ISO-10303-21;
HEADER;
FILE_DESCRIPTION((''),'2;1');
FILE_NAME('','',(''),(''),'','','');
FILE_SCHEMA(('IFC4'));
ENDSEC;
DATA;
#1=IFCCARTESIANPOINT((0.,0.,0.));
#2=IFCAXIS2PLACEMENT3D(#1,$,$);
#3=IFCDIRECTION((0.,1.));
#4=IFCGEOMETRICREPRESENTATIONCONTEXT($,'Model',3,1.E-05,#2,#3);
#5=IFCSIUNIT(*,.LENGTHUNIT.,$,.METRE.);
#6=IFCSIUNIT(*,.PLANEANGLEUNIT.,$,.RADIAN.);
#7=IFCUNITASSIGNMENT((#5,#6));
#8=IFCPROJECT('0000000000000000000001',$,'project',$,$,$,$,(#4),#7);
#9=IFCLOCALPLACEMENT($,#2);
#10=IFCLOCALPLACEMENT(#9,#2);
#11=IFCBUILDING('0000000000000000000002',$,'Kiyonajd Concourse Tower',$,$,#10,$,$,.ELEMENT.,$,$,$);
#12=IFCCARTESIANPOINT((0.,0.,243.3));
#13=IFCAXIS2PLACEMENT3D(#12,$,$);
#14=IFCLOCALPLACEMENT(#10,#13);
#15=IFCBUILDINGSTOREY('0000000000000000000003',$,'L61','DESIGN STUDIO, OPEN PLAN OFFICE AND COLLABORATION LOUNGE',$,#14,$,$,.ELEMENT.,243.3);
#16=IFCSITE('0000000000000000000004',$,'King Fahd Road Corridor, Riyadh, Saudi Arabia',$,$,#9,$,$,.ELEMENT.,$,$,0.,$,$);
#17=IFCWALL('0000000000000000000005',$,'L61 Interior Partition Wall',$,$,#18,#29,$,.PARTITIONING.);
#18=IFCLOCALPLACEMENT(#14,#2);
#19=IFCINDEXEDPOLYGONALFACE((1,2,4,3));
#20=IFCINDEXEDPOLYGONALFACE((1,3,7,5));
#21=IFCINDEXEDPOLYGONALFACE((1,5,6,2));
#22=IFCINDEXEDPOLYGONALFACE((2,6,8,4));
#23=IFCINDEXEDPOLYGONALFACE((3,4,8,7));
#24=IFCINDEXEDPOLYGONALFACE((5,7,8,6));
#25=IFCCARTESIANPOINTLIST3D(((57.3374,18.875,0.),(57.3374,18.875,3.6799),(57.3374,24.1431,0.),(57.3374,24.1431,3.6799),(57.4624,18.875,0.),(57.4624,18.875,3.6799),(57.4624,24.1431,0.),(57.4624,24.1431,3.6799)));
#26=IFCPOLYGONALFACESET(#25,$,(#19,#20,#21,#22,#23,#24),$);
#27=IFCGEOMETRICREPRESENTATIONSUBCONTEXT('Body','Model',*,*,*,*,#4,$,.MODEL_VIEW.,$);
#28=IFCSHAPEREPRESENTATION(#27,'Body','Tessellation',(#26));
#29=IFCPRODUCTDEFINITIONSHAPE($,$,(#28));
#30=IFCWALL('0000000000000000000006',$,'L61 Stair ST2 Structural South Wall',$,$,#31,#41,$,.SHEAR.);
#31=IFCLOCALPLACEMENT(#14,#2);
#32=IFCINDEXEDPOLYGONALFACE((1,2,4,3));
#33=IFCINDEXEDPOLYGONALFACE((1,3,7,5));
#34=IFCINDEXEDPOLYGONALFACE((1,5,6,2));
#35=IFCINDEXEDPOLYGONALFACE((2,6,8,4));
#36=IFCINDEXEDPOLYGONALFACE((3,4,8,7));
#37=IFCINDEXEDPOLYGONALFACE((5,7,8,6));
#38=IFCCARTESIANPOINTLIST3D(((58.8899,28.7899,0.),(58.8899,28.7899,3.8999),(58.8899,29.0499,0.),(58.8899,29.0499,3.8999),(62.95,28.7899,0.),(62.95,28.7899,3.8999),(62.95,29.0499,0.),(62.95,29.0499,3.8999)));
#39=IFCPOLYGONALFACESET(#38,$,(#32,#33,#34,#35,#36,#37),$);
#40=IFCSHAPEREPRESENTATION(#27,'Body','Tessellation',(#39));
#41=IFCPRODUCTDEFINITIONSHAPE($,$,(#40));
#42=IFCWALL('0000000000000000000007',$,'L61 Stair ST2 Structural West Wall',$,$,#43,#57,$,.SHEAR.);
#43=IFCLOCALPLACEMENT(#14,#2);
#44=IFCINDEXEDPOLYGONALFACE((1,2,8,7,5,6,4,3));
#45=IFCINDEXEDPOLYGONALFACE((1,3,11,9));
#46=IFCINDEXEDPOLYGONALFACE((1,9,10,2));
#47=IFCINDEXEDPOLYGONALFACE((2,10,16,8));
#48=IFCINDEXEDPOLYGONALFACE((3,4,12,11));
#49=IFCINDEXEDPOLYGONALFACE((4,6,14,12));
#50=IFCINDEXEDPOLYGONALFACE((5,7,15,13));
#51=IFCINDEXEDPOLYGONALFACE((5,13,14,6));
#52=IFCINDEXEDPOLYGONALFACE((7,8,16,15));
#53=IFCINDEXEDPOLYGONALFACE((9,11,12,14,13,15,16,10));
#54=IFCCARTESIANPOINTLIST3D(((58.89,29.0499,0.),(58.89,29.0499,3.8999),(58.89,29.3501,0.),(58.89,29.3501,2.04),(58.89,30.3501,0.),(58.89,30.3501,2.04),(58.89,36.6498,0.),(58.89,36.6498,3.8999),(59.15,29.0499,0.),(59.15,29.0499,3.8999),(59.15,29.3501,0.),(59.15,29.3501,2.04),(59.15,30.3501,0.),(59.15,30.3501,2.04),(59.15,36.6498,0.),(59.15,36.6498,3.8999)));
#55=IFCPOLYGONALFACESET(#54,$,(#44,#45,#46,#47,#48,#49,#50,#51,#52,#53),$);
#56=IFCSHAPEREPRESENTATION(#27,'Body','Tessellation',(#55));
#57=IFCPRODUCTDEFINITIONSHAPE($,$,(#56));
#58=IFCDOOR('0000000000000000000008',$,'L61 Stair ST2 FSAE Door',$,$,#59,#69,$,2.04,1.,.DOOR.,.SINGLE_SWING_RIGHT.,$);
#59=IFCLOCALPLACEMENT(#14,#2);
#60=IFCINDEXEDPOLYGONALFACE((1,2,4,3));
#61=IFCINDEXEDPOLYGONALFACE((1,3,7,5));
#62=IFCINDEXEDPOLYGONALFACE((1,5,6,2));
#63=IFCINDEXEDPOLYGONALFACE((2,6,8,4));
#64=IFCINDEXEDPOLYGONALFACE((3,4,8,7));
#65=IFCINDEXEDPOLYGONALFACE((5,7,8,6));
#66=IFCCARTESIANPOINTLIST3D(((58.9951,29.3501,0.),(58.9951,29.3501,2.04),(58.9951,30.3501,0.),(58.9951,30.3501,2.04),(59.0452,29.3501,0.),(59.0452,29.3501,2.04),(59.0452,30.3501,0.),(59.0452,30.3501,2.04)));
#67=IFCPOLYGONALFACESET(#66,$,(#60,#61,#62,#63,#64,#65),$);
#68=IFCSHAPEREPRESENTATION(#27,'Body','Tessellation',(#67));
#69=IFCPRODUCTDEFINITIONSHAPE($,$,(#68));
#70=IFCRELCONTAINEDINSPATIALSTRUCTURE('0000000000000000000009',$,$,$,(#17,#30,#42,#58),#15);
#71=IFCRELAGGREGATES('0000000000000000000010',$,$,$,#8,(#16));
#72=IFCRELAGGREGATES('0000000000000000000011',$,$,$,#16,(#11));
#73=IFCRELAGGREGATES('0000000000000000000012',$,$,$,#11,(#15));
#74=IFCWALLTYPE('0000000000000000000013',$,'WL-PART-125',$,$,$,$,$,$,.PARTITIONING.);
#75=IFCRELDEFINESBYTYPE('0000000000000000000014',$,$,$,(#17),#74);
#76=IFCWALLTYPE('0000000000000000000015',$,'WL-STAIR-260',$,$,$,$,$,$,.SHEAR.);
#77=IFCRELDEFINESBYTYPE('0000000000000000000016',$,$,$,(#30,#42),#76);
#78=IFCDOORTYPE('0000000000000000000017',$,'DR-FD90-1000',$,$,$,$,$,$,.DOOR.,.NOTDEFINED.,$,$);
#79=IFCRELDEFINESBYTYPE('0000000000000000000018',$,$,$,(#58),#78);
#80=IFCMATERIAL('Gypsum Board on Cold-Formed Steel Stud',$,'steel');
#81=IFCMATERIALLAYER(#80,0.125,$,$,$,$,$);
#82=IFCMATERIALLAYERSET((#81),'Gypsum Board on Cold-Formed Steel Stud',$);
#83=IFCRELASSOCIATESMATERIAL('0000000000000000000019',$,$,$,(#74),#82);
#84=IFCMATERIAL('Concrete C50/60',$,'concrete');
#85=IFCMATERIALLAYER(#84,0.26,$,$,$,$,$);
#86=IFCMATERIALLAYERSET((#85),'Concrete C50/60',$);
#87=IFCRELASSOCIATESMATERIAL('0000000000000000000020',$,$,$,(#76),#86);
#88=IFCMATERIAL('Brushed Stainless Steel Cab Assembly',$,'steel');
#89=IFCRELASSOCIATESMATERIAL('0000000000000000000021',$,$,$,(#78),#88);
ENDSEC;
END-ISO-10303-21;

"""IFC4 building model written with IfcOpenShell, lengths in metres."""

from ifc_helpers import new_model, si_unit, direction, frame, frame_2d, origin, place, context, subcontext, project, spatial, rectangle, extrude, material, layer, layer_set, type_object, element, fill, save


model = new_model("IFC4")

# Units and contexts
model_context = context("Model", 3, precision=1e-05, world=origin(), true_north=direction((0.0, 1.0)))
body_context = subcontext(model_context, "Body", "Model", "MODEL_VIEW")
ifc_project = project(units=[si_unit("LENGTHUNIT", "METRE"), si_unit("PLANEANGLEUNIT", "RADIAN")], contexts=[model_context])

# Site, building, storey
site_placement = place(None, origin())
site = spatial("IfcSite", under=ifc_project, at=site_placement, Name="King Fahd Road Corridor, Riyadh, Saudi Arabia", CompositionType="ELEMENT", RefElevation=0.0)
building_placement = place(site_placement, origin())
building = spatial("IfcBuilding", under=site, at=building_placement, Name="Kiyonajd Concourse Tower", CompositionType="ELEMENT")
storey_placement = place(building_placement, frame((0.0, 0.0, 243.3)))
storey = spatial("IfcBuildingStorey", under=building, at=storey_placement, Name="L61", Description="DESIGN STUDIO, OPEN PLAN OFFICE AND COLLABORATION LOUNGE", CompositionType="ELEMENT", Elevation=243.3)

# Shared definitions
ifc_material_1 = material(Name="Gypsum Board on Cold-Formed Steel Stud", Category="steel")
ifc_layer_1 = layer(ifc_material_1, 0.125)
ifc_layer_set_1 = layer_set([ifc_layer_1], Name="Gypsum Board on Cold-Formed Steel Stud")
wall_type_1 = type_object("IfcWallType", Name="WL-PART-125", PredefinedType="PARTITIONING", material=ifc_layer_set_1)

# Walls
wall_1_placement = place(storey_placement, frame((57.3999, 18.875, 0.0), z_axis=(0.0, 0.0, 1.0), x_axis=(0.0, 1.0, 0.0)))
element("IfcWall", 1, at=wall_1_placement, inside=storey, type_object=wall_type_1, Name="L61 Interior Partition Wall", PredefinedType="PARTITIONING", context=body_context, shape_type="SweptSolid", body=[
    extrude(rectangle(XDim=5.2681, YDim=0.125, at=frame_2d((2.634, 0.0))), origin(), (0.0, 0.0, 1.0), 3.6799),
])
ifc_material_2 = material(Name="Concrete C50/60", Category="concrete")
ifc_layer_2 = layer(ifc_material_2, 0.26)
ifc_layer_set_2 = layer_set([ifc_layer_2], Name="Concrete C50/60")
wall_type_2 = type_object("IfcWallType", Name="WL-STAIR-260", PredefinedType="SHEAR", material=ifc_layer_set_2)
wall_2_placement = place(storey_placement, frame((58.8899, 28.9199, 0.0), z_axis=(0.0, 0.0, 1.0), x_axis=(1.0, 0.0, 0.0)))
element("IfcWall", 2, at=wall_2_placement, inside=storey, type_object=wall_type_2, Name="L61 Stair ST2 Structural South Wall", PredefinedType="SHEAR", context=body_context, shape_type="SweptSolid", body=[
    extrude(rectangle(XDim=4.0601, YDim=0.26, at=frame_2d((2.03, 0.0))), origin(), (0.0, 0.0, 1.0), 3.8999),
])

# Wall, opening, door
wall_3_placement = place(storey_placement, frame((59.02, 29.05, 0.0), z_axis=(0.0, 0.0, 1.0), x_axis=(0.0, 1.0, 0.0)))
wall_3 = element("IfcWall", 3, at=wall_3_placement, inside=storey, type_object=wall_type_2, Name="L61 Stair ST2 Structural West Wall", PredefinedType="SHEAR", context=body_context, shape_type="SweptSolid", body=[
    extrude(rectangle(XDim=7.5999, YDim=0.26, at=frame_2d((3.7998, 0.0))), origin(), (0.0, 0.0, 1.0), 3.8999),
])
opening_1_placement = place(wall_3_placement, frame((0.3, 0.0, 0.0)))
opening_1 = element("IfcOpeningElement", 4, at=opening_1_placement, cuts=wall_3, PredefinedType="OPENING", context=body_context, shape_type="SweptSolid", body=[
    extrude(rectangle(XDim=1.0, YDim=2.04, at=frame_2d((0.5, 1.02))), frame((0.0, 0.1399, 0.0), z_axis=(0.0, -1.0, 0.0), x_axis=(1.0, 0.0, 0.0)), (0.0, 0.0, 1.0), 0.28),
])
ifc_material_3 = material(Name="Brushed Stainless Steel Cab Assembly", Category="steel")
door_type_1 = type_object("IfcDoorType", Name="DR-FD90-1000", OperationType="NOTDEFINED", PredefinedType="DOOR", material=ifc_material_3)
door_1_placement = place(opening_1_placement, origin())
door_1 = element("IfcDoor", 5, at=door_1_placement, inside=storey, type_object=door_type_1, Name="L61 Stair ST2 FSAE Door", OperationType="SINGLE_SWING_RIGHT", OverallHeight=2.04, OverallWidth=1.0, PredefinedType="DOOR", context=body_context, shape_type="SweptSolid", body=[
    extrude(rectangle(XDim=1.0, YDim=2.04, at=frame_2d((0.5, 1.02))), frame((0.0, 0.0249, 0.0), z_axis=(0.0, -1.0, 0.0), x_axis=(1.0, 0.0, 0.0)), (0.0, 0.0, 1.0), 0.05),
])
fill(opening_1, door_1)

save(model, "model.ifc")
